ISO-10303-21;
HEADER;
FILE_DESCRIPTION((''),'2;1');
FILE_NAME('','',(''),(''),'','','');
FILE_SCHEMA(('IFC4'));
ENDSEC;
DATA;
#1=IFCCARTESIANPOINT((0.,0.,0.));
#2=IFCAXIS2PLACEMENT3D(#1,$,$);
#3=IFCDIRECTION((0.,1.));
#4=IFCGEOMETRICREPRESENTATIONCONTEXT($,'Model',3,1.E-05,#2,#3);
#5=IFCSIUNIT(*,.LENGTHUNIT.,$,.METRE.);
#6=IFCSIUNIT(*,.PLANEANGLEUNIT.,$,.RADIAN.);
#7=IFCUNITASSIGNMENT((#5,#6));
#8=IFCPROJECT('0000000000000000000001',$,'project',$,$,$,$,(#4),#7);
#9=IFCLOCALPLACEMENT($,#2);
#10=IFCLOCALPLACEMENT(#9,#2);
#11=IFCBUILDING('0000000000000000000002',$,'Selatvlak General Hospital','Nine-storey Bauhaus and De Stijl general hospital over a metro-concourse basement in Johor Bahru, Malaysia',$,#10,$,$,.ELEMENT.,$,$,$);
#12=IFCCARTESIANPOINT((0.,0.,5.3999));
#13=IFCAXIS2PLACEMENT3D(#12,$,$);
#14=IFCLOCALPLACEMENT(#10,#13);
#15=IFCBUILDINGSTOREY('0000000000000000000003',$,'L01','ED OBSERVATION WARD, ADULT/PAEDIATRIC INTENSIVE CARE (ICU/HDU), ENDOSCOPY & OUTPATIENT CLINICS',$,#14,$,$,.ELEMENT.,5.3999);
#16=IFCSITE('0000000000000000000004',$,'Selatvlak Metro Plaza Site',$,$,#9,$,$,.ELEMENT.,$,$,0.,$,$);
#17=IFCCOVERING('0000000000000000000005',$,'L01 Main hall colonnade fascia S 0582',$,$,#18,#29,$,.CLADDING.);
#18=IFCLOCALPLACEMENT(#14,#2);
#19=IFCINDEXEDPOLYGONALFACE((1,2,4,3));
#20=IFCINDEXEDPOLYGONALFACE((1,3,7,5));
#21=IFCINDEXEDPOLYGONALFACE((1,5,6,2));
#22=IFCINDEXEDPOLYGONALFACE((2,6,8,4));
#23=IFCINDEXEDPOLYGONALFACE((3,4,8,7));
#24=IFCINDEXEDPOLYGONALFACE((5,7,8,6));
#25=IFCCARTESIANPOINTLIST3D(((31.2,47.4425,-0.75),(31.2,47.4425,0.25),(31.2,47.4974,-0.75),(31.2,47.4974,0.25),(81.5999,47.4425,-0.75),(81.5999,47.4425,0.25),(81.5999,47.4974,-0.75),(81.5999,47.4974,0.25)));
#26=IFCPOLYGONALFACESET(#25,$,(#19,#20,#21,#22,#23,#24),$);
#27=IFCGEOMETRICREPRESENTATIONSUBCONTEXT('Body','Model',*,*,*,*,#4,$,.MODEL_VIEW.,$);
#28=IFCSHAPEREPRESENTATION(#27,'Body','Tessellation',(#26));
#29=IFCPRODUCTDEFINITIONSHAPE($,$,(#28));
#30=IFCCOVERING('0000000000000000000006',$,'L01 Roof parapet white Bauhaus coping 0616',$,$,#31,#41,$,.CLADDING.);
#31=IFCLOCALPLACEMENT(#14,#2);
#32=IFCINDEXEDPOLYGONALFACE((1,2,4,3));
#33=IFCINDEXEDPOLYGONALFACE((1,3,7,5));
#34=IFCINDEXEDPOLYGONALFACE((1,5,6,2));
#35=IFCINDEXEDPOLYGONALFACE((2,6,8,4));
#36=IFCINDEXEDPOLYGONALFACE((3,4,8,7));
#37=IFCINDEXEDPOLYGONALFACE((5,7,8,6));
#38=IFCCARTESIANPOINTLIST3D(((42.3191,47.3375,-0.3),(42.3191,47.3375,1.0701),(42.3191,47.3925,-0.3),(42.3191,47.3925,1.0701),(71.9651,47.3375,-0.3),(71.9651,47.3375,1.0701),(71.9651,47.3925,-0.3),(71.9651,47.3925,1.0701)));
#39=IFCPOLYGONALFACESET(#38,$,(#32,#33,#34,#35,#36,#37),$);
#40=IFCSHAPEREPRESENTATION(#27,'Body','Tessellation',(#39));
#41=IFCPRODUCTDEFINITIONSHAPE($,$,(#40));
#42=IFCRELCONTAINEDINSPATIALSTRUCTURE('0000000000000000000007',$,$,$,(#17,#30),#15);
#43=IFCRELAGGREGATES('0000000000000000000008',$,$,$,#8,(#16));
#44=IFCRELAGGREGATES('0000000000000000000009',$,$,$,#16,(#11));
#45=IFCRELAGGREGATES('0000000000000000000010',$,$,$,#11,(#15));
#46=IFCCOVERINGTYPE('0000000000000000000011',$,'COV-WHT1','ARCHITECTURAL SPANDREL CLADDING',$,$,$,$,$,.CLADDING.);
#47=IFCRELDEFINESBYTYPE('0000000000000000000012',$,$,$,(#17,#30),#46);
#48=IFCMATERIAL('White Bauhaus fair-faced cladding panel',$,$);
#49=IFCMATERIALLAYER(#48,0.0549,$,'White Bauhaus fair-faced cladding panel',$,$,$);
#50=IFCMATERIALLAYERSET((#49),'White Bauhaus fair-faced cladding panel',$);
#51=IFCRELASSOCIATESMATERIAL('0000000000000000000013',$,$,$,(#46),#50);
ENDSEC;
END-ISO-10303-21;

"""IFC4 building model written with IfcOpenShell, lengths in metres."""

from ifc_helpers import new_model, si_unit, direction, frame, origin, origin_2d, place, context, subcontext, project, spatial, rectangle, extrude, material, layer, layer_set, type_object, element, save


model = new_model("IFC4")

# Units and contexts
model_context = context("Model", 3, precision=1e-05, world=origin(), true_north=direction((0.0, 1.0)))
body_context = subcontext(model_context, "Body", "Model", "MODEL_VIEW")
ifc_project = project(units=[si_unit("LENGTHUNIT", "METRE"), si_unit("PLANEANGLEUNIT", "RADIAN")], contexts=[model_context])

# Site, building, storey
site_placement = place(None, origin())
site = spatial("IfcSite", under=ifc_project, at=site_placement, Name="Selatvlak Metro Plaza Site", CompositionType="ELEMENT", RefElevation=0.0)
building_placement = place(site_placement, origin())
building = spatial("IfcBuilding", under=site, at=building_placement, Name="Selatvlak General Hospital", Description="Nine-storey Bauhaus and De Stijl general hospital over a metro-concourse basement in Johor Bahru, Malaysia", CompositionType="ELEMENT")
storey_placement = place(building_placement, frame((0.0, 0.0, 5.3999)))
storey = spatial("IfcBuildingStorey", under=building, at=storey_placement, Name="L01", Description="ED OBSERVATION WARD, ADULT/PAEDIATRIC INTENSIVE CARE (ICU/HDU), ENDOSCOPY & OUTPATIENT CLINICS", CompositionType="ELEMENT", Elevation=5.3999)

# Coverings
ifc_material_1 = material(Name="White Bauhaus fair-faced cladding panel")
ifc_layer_1 = layer(ifc_material_1, 0.0549, Name="White Bauhaus fair-faced cladding panel")
ifc_layer_set_1 = layer_set([ifc_layer_1], Name="White Bauhaus fair-faced cladding panel")
covering_type_1 = type_object("IfcCoveringType", Name="COV-WHT1", Description="ARCHITECTURAL SPANDREL CLADDING", PredefinedType="CLADDING", material=ifc_layer_set_1)
covering_1_placement = place(storey_placement, frame((56.3999, 47.47, -0.75), z_axis=(0.0, 0.0, 1.0), x_axis=(1.0, 0.0, 0.0)))
element("IfcCovering", 1, at=covering_1_placement, inside=storey, type_object=covering_type_1, Name="L01 Main hall colonnade fascia S 0582", PredefinedType="CLADDING", context=body_context, shape_type="SweptSolid", body=[
    extrude(rectangle(XDim=50.3999, YDim=0.0549, at=origin_2d()), origin(), (0.0, 0.0, 1.0), 1.0),
])
covering_2_placement = place(storey_placement, frame((57.1421, 47.365, -0.3), z_axis=(0.0, 0.0, 1.0), x_axis=(-1.0, 0.0, 0.0)))
element("IfcCovering", 2, at=covering_2_placement, inside=storey, type_object=covering_type_1, Name="L01 Roof parapet white Bauhaus coping 0616", PredefinedType="CLADDING", context=body_context, shape_type="SweptSolid", body=[
    extrude(rectangle(XDim=29.646, YDim=0.0549, at=origin_2d()), origin(), (0.0, 0.0, 1.0), 1.3701),
])

save(model, "model.ifc")
